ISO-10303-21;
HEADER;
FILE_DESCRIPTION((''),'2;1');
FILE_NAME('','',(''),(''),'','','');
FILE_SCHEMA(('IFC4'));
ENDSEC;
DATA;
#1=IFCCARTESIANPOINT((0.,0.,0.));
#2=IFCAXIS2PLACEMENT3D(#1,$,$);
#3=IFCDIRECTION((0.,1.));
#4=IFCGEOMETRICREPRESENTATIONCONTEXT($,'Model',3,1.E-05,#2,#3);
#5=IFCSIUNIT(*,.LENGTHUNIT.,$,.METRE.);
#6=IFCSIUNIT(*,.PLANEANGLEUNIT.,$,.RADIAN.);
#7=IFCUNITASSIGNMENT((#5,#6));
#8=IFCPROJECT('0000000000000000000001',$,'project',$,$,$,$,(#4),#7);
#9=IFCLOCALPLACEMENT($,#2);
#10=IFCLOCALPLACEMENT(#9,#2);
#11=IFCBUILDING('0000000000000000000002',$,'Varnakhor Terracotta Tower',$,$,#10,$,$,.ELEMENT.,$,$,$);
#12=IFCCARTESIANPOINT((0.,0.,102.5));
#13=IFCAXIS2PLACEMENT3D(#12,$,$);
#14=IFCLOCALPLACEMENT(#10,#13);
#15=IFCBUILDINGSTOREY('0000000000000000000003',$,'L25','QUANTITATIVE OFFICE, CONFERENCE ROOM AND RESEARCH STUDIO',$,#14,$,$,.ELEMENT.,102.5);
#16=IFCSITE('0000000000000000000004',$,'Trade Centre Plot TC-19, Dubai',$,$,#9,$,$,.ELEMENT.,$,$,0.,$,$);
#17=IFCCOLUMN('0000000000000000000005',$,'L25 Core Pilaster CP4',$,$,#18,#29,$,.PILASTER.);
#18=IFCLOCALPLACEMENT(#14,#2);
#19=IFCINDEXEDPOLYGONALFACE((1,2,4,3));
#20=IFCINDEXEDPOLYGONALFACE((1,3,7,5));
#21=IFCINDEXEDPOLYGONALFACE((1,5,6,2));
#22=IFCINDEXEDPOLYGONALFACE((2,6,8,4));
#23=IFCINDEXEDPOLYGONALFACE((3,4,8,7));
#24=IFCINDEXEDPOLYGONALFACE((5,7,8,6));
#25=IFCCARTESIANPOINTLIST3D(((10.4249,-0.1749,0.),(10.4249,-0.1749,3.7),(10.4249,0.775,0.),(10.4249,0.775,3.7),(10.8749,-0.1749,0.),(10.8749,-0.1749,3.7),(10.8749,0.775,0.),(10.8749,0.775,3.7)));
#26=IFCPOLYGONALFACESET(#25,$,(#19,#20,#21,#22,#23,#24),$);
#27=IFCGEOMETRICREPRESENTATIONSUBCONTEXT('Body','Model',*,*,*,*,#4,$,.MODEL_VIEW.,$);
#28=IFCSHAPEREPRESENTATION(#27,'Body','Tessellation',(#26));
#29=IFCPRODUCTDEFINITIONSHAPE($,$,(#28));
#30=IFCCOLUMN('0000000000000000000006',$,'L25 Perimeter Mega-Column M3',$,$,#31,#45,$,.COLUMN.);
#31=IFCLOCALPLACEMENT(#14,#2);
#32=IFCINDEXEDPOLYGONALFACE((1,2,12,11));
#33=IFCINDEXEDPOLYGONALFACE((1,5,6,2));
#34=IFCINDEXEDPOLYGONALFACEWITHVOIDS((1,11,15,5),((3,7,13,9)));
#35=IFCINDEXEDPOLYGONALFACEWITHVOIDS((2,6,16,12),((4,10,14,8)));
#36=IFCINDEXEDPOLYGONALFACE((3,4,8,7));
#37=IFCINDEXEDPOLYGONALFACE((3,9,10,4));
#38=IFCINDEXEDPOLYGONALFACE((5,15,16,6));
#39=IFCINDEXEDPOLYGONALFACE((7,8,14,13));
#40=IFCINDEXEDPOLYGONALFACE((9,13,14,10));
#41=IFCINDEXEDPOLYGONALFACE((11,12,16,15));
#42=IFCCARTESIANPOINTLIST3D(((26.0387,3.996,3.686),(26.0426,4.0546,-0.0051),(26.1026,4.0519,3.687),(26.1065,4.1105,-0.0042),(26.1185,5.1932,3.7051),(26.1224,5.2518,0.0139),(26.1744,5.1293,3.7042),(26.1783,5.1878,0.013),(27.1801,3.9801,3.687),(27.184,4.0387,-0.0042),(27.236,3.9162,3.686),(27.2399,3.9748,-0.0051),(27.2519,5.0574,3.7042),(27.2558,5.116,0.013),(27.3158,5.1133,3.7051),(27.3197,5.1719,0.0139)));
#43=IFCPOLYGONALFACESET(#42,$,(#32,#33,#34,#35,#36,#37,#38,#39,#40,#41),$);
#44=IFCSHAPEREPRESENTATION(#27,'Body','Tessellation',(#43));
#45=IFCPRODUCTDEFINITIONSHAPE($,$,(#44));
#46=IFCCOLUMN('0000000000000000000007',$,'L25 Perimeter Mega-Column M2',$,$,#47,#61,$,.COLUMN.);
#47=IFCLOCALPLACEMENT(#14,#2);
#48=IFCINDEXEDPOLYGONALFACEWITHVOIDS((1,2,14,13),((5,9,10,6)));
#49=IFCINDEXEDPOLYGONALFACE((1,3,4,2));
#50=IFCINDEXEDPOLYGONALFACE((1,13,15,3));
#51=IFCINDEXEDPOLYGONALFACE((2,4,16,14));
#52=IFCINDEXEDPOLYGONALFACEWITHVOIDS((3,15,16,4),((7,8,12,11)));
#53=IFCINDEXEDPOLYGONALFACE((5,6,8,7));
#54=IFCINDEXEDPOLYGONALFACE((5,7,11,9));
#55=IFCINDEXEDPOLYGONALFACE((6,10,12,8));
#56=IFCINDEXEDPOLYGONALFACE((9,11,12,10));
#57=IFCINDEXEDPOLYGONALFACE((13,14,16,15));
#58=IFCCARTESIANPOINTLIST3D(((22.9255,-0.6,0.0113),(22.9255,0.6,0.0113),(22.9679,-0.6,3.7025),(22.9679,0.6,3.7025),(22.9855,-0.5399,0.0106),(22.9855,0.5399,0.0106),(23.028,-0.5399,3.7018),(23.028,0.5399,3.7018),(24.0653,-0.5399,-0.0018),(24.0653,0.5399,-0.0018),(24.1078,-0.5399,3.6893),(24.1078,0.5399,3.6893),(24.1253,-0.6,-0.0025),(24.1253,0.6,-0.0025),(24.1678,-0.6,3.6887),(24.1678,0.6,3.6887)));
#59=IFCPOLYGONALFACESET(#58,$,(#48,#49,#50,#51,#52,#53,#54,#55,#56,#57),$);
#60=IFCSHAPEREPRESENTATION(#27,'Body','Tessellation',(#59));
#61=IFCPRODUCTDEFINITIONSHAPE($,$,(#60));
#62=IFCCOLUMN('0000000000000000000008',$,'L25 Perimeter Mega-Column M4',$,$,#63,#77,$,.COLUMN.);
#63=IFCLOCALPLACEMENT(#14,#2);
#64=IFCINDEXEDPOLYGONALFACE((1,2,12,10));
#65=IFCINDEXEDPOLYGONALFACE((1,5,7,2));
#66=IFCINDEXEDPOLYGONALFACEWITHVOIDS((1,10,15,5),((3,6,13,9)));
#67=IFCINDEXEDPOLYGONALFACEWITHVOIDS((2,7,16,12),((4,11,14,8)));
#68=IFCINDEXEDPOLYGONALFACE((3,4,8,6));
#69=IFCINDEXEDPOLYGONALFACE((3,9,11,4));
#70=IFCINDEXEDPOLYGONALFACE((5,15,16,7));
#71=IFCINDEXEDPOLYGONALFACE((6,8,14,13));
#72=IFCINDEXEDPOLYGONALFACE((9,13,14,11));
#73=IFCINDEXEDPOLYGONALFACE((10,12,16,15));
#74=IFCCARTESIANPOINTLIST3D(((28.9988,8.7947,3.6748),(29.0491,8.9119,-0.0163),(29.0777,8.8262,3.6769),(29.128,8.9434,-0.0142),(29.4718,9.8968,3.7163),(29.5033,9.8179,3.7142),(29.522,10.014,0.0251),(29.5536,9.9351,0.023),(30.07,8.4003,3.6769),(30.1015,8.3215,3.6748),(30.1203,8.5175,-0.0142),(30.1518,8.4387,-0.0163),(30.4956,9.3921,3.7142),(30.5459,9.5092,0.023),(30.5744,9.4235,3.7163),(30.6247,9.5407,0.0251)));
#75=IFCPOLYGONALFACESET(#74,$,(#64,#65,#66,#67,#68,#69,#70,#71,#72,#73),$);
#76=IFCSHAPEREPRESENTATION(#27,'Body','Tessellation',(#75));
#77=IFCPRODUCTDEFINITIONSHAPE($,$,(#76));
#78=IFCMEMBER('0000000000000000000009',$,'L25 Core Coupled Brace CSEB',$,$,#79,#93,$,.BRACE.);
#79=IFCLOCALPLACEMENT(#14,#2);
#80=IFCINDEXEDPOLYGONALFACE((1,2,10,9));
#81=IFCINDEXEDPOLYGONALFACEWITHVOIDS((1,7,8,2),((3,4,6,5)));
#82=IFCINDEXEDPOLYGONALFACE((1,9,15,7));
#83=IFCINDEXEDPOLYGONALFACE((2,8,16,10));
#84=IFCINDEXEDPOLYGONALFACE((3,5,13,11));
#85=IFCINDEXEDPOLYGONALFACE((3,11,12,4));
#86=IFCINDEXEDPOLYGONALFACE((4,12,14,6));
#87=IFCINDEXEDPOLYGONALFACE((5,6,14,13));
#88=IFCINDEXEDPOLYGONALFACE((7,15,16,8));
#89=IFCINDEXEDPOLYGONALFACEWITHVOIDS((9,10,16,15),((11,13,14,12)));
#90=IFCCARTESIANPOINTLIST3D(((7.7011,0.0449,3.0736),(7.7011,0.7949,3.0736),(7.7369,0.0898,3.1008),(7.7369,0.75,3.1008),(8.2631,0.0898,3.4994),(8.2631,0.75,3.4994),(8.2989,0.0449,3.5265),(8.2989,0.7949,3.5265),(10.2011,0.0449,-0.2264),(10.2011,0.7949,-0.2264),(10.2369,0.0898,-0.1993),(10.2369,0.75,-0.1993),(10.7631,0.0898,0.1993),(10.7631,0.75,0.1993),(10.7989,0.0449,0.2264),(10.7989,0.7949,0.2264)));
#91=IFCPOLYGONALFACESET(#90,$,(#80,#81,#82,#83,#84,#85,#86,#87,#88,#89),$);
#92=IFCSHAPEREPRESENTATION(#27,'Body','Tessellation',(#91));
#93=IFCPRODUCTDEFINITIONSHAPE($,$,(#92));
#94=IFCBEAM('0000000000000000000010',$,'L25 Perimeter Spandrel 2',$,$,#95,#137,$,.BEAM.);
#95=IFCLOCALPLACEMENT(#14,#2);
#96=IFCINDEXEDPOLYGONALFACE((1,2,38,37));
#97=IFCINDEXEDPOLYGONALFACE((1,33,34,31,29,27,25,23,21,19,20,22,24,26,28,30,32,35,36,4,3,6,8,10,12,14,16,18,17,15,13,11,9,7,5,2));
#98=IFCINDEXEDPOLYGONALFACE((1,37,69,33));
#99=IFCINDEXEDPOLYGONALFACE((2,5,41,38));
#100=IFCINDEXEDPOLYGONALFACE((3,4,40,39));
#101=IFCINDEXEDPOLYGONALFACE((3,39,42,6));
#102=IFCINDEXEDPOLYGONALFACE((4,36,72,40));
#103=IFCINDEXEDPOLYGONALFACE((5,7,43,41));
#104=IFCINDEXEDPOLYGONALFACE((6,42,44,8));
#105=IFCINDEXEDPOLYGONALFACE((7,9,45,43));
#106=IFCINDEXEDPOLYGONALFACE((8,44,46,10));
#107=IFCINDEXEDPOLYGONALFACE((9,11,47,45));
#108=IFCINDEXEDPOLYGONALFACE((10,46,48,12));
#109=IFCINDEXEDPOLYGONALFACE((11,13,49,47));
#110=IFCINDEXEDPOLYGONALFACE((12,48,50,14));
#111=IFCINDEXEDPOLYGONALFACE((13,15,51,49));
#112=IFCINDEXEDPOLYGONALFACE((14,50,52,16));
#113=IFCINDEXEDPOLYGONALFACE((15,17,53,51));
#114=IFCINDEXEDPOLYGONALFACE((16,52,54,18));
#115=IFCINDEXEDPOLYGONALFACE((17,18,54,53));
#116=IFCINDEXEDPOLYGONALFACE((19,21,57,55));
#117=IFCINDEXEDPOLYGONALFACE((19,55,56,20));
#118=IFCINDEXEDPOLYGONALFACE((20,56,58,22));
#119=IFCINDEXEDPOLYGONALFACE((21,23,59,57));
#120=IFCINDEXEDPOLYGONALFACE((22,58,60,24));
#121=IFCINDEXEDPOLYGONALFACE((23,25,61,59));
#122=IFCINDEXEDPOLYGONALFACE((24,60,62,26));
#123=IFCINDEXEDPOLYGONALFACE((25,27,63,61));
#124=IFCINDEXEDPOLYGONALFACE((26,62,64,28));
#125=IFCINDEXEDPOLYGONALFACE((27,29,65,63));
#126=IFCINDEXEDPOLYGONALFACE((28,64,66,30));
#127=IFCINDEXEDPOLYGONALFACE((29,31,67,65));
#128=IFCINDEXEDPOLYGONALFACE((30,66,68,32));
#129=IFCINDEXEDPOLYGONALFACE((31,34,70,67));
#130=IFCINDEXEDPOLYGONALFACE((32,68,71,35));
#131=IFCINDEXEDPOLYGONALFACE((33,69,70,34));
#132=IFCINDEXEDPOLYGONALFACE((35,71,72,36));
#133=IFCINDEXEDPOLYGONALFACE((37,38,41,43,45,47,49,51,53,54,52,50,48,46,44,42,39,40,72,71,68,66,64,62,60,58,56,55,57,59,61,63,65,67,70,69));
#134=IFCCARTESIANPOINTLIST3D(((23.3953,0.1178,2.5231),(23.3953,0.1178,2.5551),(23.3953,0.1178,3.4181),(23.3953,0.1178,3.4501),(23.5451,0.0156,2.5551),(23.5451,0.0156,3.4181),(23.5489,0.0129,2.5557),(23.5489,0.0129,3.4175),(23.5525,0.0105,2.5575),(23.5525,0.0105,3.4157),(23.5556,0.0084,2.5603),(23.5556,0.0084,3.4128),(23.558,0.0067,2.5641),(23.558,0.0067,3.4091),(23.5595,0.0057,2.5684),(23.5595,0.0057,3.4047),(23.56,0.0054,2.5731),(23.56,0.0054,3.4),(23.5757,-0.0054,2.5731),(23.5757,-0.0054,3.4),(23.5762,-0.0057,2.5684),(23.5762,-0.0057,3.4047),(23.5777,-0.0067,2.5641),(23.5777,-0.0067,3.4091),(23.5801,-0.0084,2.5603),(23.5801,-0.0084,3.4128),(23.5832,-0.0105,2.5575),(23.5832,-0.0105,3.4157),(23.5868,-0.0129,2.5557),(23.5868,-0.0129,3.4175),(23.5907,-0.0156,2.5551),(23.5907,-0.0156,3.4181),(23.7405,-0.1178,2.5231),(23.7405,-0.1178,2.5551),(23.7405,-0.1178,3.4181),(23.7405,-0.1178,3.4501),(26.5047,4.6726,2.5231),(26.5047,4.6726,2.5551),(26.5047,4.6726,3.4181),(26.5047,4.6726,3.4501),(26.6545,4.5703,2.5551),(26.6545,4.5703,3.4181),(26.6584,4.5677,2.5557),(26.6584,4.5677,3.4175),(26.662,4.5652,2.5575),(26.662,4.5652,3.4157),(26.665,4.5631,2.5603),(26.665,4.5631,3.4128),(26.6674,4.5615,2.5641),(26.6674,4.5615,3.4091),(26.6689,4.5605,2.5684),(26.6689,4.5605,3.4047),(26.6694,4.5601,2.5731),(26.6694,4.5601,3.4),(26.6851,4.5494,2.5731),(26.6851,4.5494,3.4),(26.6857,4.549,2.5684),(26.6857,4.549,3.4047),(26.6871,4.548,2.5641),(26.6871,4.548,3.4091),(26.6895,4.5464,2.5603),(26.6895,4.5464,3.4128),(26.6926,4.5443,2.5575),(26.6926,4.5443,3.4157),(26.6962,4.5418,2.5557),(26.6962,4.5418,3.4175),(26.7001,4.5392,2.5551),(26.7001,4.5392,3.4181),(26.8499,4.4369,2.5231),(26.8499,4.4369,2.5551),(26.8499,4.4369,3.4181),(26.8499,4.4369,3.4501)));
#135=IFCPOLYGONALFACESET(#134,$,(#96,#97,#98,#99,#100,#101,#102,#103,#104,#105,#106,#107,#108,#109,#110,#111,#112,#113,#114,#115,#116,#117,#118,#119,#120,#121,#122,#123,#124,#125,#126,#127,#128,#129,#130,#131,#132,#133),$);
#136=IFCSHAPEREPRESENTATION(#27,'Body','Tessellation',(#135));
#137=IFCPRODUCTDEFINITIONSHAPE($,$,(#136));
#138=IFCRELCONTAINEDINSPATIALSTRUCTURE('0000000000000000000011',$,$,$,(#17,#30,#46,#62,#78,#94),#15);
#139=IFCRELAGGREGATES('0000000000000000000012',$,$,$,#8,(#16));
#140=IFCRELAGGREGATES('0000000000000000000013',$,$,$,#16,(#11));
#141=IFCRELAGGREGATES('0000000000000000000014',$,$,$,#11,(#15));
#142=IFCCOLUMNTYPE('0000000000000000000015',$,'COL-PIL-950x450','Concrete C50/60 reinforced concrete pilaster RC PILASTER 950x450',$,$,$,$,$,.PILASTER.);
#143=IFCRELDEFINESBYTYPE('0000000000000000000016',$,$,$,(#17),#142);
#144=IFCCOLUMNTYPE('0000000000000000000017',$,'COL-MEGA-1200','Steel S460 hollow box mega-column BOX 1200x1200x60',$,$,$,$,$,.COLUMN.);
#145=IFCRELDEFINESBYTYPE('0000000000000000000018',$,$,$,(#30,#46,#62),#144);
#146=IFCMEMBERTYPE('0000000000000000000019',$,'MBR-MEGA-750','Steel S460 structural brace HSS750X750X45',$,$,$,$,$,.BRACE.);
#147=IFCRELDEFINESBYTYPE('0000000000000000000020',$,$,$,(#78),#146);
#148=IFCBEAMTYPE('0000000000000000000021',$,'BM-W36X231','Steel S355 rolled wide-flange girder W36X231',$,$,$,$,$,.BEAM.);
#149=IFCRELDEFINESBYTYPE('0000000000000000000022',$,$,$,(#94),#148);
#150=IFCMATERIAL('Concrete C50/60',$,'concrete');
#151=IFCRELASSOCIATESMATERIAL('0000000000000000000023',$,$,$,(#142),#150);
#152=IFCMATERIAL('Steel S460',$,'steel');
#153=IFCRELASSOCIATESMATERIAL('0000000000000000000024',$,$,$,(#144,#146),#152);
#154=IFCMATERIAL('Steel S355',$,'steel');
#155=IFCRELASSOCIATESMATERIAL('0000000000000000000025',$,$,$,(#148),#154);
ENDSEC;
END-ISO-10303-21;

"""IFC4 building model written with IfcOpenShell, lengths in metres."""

from ifc_helpers import new_model, si_unit, direction, frame, origin, origin_2d, place, context, subcontext, project, spatial, rectangle, hollow_rectangle, i_section, extrude, source, transform, mapped, material, material_profile, profile_set, type_object, type_shapes, element, save


model = new_model("IFC4")

# Units and contexts
model_context = context("Model", 3, precision=1e-05, world=origin(), true_north=direction((0.0, 1.0)))
body_context = subcontext(model_context, "Body", "Model", "MODEL_VIEW")
ifc_project = project(units=[si_unit("LENGTHUNIT", "METRE"), si_unit("PLANEANGLEUNIT", "RADIAN")], contexts=[model_context])

# Site, building, storey
site_placement = place(None, origin())
site = spatial("IfcSite", under=ifc_project, at=site_placement, Name="Trade Centre Plot TC-19, Dubai", CompositionType="ELEMENT", RefElevation=0.0)
building_placement = place(site_placement, origin())
building = spatial("IfcBuilding", under=site, at=building_placement, Name="Varnakhor Terracotta Tower", CompositionType="ELEMENT")
storey_placement = place(building_placement, frame((0.0, 0.0, 102.5)))
storey = spatial("IfcBuildingStorey", under=building, at=storey_placement, Name="L25", Description="QUANTITATIVE OFFICE, CONFERENCE ROOM AND RESEARCH STUDIO", CompositionType="ELEMENT", Elevation=102.5)

# Columns
ifc_material_1 = material(Name="Concrete C50/60", Category="concrete")
ifc_material_profile_1 = material_profile(ifc_material_1, rectangle(XDim=0.45, YDim=0.95, at=origin_2d()), Name="RC PILASTER 950x450")
ifc_profile_set_1 = profile_set([ifc_material_profile_1], Name="Concrete C50/60")
column_type_1 = type_object("IfcColumnType", Name="COL-PIL-950x450", Description="Concrete C50/60 reinforced concrete pilaster RC PILASTER 950x450", PredefinedType="PILASTER", material=ifc_profile_set_1)
shared_shape_1 = source(origin(), body_context, "Body", "SweptSolid", [
    extrude(rectangle(XDim=0.45, YDim=0.95, at=origin_2d()), origin(), (0.0, 0.0, 1.0), 3.7),
])
column_1_placement = place(storey_placement, frame((10.6499, 0.3, 0.0), z_axis=(0.0, 0.0, 1.0), x_axis=(1.0, 0.0, 0.0)))
element("IfcColumn", 1, at=column_1_placement, inside=storey, type_object=column_type_1, Name="L25 Core Pilaster CP4", PredefinedType="PILASTER", context=body_context, shape_type="MappedRepresentation", body=[
    mapped(shared_shape_1, transform((0.0, 0.0, 0.0), scale=1.0)),
])
ifc_material_2 = material(Name="Steel S460", Category="steel")
ifc_material_profile_2 = material_profile(ifc_material_2, hollow_rectangle(XDim=1.2, YDim=1.2, WallThickness=0.0601, at=origin_2d()), Name="BOX 1200x1200x60")
ifc_profile_set_2 = profile_set([ifc_material_profile_2], Name="Steel S460")
column_type_2 = type_object("IfcColumnType", Name="COL-MEGA-1200", Description="Steel S460 hollow box mega-column BOX 1200x1200x60", PredefinedType="COLUMN", material=ifc_profile_set_2)
shared_shape_2 = source(origin(), body_context, "Body", "SweptSolid", [
    extrude(hollow_rectangle(XDim=1.2, YDim=1.2, WallThickness=0.0601, at=origin_2d()), origin(), (0.0, 0.0, 1.0), 3.6917),
])
type_shapes(column_type_2, [shared_shape_2])
column_2_placement = place(storey_placement, frame((26.6812, 4.6133, 0.0044), z_axis=(-0.001058, -0.015872, 0.999873), x_axis=(0.997785, -0.066519, 0.0)))
element("IfcColumn", 2, at=column_2_placement, inside=storey, type_object=column_type_2, Name="L25 Perimeter Mega-Column M3", PredefinedType="COLUMN", context=body_context, shape_type="MappedRepresentation", body=[
    mapped(shared_shape_2, transform((0.0, 0.0, 0.0), scale=1.0)),
])
shared_shape_3 = source(origin(), body_context, "Body", "SweptSolid", [
    extrude(hollow_rectangle(XDim=1.2, YDim=1.2, WallThickness=0.0601, at=origin_2d()), origin(), (0.0, 0.0, 1.0), 3.6914),
])
column_3_placement = place(storey_placement, frame((23.5254, 0.0, 0.0044), z_axis=(0.011508, 0.0, 0.999934), x_axis=(0.0, 1.0, 0.0)))
element("IfcColumn", 3, at=column_3_placement, inside=storey, type_object=column_type_2, Name="L25 Perimeter Mega-Column M2", PredefinedType="COLUMN", context=body_context, shape_type="MappedRepresentation", body=[
    mapped(shared_shape_3, transform((0.0, 0.0, 0.0), scale=1.0)),
])
shared_shape_4 = source(origin(), body_context, "Body", "SweptSolid", [
    extrude(hollow_rectangle(XDim=1.2, YDim=1.2, WallThickness=0.0601, at=origin_2d()), origin(), (0.0, 0.0, 1.0), 3.6934),
])
column_4_placement = place(storey_placement, frame((29.8369, 9.2263, 0.0044), z_axis=(-0.013617, -0.031729, 0.999404), x_axis=(0.918947, -0.394381, 0.0)))
element("IfcColumn", 4, at=column_4_placement, inside=storey, type_object=column_type_2, Name="L25 Perimeter Mega-Column M4", PredefinedType="COLUMN", context=body_context, shape_type="MappedRepresentation", body=[
    mapped(shared_shape_4, transform((0.0, 0.0, 0.0), scale=1.0)),
])

# Member
ifc_material_profile_3 = material_profile(ifc_material_2, hollow_rectangle(XDim=0.75, YDim=0.75, WallThickness=0.0449, at=origin_2d()), Name="HSS750X750X45")
ifc_profile_set_3 = profile_set([ifc_material_profile_3], Name="Steel S460")
member_type_1 = type_object("IfcMemberType", Name="MBR-MEGA-750", Description="Steel S460 structural brace HSS750X750X45", PredefinedType="BRACE", material=ifc_profile_set_3)
shared_shape_5 = source(origin(), body_context, "Body", "SweptSolid", [
    extrude(hollow_rectangle(XDim=0.75, YDim=0.75, WallThickness=0.0449, at=origin_2d()), origin(), (0.0, 0.0, 1.0), 4.1401),
])
type_shapes(member_type_1, [shared_shape_5])
member_1_placement = place(storey_placement, frame((10.5, 0.4199, 0.0), z_axis=(-0.603852, 0.0, 0.797096), x_axis=(0.0, -1.0, 0.0)))
element("IfcMember", 5, at=member_1_placement, inside=storey, type_object=member_type_1, Name="L25 Core Coupled Brace CSEB", PredefinedType="BRACE", context=body_context, shape_type="MappedRepresentation", body=[
    mapped(shared_shape_5, transform((0.0, 0.0, 0.0), scale=1.0)),
])

# Beam
ifc_material_3 = material(Name="Steel S355", Category="steel")
ifc_material_profile_4 = material_profile(ifc_material_3, i_section(OverallWidth=0.418, OverallDepth=0.927, WebThickness=0.019, FlangeThickness=0.032, FilletRadius=0.0181, at=origin_2d()), Name="W36X231")
ifc_profile_set_4 = profile_set([ifc_material_profile_4], Name="Steel S355")
beam_type_1 = type_object("IfcBeamType", Name="BM-W36X231", Description="Steel S355 rolled wide-flange girder W36X231", PredefinedType="BEAM", material=ifc_profile_set_4)
shared_shape_6 = source(origin(), body_context, "Body", "SweptSolid", [
    extrude(i_section(OverallWidth=0.418, OverallDepth=0.927, WebThickness=0.019, FlangeThickness=0.032, FilletRadius=0.0181, at=origin_2d()), origin(), (0.0, 0.0, 1.0), 5.5149),
])
beam_1_placement = place(storey_placement, frame((23.5679, 0.0, 2.9866), z_axis=(0.56382, 0.825898, 0.0), x_axis=(-0.825898, 0.56382, 0.0)))
element("IfcBeam", 6, at=beam_1_placement, inside=storey, type_object=beam_type_1, Name="L25 Perimeter Spandrel 2", PredefinedType="BEAM", context=body_context, shape_type="MappedRepresentation", body=[
    mapped(shared_shape_6, transform((0.0, 0.0, 0.0), scale=1.0)),
])

save(model, "model.ifc")
